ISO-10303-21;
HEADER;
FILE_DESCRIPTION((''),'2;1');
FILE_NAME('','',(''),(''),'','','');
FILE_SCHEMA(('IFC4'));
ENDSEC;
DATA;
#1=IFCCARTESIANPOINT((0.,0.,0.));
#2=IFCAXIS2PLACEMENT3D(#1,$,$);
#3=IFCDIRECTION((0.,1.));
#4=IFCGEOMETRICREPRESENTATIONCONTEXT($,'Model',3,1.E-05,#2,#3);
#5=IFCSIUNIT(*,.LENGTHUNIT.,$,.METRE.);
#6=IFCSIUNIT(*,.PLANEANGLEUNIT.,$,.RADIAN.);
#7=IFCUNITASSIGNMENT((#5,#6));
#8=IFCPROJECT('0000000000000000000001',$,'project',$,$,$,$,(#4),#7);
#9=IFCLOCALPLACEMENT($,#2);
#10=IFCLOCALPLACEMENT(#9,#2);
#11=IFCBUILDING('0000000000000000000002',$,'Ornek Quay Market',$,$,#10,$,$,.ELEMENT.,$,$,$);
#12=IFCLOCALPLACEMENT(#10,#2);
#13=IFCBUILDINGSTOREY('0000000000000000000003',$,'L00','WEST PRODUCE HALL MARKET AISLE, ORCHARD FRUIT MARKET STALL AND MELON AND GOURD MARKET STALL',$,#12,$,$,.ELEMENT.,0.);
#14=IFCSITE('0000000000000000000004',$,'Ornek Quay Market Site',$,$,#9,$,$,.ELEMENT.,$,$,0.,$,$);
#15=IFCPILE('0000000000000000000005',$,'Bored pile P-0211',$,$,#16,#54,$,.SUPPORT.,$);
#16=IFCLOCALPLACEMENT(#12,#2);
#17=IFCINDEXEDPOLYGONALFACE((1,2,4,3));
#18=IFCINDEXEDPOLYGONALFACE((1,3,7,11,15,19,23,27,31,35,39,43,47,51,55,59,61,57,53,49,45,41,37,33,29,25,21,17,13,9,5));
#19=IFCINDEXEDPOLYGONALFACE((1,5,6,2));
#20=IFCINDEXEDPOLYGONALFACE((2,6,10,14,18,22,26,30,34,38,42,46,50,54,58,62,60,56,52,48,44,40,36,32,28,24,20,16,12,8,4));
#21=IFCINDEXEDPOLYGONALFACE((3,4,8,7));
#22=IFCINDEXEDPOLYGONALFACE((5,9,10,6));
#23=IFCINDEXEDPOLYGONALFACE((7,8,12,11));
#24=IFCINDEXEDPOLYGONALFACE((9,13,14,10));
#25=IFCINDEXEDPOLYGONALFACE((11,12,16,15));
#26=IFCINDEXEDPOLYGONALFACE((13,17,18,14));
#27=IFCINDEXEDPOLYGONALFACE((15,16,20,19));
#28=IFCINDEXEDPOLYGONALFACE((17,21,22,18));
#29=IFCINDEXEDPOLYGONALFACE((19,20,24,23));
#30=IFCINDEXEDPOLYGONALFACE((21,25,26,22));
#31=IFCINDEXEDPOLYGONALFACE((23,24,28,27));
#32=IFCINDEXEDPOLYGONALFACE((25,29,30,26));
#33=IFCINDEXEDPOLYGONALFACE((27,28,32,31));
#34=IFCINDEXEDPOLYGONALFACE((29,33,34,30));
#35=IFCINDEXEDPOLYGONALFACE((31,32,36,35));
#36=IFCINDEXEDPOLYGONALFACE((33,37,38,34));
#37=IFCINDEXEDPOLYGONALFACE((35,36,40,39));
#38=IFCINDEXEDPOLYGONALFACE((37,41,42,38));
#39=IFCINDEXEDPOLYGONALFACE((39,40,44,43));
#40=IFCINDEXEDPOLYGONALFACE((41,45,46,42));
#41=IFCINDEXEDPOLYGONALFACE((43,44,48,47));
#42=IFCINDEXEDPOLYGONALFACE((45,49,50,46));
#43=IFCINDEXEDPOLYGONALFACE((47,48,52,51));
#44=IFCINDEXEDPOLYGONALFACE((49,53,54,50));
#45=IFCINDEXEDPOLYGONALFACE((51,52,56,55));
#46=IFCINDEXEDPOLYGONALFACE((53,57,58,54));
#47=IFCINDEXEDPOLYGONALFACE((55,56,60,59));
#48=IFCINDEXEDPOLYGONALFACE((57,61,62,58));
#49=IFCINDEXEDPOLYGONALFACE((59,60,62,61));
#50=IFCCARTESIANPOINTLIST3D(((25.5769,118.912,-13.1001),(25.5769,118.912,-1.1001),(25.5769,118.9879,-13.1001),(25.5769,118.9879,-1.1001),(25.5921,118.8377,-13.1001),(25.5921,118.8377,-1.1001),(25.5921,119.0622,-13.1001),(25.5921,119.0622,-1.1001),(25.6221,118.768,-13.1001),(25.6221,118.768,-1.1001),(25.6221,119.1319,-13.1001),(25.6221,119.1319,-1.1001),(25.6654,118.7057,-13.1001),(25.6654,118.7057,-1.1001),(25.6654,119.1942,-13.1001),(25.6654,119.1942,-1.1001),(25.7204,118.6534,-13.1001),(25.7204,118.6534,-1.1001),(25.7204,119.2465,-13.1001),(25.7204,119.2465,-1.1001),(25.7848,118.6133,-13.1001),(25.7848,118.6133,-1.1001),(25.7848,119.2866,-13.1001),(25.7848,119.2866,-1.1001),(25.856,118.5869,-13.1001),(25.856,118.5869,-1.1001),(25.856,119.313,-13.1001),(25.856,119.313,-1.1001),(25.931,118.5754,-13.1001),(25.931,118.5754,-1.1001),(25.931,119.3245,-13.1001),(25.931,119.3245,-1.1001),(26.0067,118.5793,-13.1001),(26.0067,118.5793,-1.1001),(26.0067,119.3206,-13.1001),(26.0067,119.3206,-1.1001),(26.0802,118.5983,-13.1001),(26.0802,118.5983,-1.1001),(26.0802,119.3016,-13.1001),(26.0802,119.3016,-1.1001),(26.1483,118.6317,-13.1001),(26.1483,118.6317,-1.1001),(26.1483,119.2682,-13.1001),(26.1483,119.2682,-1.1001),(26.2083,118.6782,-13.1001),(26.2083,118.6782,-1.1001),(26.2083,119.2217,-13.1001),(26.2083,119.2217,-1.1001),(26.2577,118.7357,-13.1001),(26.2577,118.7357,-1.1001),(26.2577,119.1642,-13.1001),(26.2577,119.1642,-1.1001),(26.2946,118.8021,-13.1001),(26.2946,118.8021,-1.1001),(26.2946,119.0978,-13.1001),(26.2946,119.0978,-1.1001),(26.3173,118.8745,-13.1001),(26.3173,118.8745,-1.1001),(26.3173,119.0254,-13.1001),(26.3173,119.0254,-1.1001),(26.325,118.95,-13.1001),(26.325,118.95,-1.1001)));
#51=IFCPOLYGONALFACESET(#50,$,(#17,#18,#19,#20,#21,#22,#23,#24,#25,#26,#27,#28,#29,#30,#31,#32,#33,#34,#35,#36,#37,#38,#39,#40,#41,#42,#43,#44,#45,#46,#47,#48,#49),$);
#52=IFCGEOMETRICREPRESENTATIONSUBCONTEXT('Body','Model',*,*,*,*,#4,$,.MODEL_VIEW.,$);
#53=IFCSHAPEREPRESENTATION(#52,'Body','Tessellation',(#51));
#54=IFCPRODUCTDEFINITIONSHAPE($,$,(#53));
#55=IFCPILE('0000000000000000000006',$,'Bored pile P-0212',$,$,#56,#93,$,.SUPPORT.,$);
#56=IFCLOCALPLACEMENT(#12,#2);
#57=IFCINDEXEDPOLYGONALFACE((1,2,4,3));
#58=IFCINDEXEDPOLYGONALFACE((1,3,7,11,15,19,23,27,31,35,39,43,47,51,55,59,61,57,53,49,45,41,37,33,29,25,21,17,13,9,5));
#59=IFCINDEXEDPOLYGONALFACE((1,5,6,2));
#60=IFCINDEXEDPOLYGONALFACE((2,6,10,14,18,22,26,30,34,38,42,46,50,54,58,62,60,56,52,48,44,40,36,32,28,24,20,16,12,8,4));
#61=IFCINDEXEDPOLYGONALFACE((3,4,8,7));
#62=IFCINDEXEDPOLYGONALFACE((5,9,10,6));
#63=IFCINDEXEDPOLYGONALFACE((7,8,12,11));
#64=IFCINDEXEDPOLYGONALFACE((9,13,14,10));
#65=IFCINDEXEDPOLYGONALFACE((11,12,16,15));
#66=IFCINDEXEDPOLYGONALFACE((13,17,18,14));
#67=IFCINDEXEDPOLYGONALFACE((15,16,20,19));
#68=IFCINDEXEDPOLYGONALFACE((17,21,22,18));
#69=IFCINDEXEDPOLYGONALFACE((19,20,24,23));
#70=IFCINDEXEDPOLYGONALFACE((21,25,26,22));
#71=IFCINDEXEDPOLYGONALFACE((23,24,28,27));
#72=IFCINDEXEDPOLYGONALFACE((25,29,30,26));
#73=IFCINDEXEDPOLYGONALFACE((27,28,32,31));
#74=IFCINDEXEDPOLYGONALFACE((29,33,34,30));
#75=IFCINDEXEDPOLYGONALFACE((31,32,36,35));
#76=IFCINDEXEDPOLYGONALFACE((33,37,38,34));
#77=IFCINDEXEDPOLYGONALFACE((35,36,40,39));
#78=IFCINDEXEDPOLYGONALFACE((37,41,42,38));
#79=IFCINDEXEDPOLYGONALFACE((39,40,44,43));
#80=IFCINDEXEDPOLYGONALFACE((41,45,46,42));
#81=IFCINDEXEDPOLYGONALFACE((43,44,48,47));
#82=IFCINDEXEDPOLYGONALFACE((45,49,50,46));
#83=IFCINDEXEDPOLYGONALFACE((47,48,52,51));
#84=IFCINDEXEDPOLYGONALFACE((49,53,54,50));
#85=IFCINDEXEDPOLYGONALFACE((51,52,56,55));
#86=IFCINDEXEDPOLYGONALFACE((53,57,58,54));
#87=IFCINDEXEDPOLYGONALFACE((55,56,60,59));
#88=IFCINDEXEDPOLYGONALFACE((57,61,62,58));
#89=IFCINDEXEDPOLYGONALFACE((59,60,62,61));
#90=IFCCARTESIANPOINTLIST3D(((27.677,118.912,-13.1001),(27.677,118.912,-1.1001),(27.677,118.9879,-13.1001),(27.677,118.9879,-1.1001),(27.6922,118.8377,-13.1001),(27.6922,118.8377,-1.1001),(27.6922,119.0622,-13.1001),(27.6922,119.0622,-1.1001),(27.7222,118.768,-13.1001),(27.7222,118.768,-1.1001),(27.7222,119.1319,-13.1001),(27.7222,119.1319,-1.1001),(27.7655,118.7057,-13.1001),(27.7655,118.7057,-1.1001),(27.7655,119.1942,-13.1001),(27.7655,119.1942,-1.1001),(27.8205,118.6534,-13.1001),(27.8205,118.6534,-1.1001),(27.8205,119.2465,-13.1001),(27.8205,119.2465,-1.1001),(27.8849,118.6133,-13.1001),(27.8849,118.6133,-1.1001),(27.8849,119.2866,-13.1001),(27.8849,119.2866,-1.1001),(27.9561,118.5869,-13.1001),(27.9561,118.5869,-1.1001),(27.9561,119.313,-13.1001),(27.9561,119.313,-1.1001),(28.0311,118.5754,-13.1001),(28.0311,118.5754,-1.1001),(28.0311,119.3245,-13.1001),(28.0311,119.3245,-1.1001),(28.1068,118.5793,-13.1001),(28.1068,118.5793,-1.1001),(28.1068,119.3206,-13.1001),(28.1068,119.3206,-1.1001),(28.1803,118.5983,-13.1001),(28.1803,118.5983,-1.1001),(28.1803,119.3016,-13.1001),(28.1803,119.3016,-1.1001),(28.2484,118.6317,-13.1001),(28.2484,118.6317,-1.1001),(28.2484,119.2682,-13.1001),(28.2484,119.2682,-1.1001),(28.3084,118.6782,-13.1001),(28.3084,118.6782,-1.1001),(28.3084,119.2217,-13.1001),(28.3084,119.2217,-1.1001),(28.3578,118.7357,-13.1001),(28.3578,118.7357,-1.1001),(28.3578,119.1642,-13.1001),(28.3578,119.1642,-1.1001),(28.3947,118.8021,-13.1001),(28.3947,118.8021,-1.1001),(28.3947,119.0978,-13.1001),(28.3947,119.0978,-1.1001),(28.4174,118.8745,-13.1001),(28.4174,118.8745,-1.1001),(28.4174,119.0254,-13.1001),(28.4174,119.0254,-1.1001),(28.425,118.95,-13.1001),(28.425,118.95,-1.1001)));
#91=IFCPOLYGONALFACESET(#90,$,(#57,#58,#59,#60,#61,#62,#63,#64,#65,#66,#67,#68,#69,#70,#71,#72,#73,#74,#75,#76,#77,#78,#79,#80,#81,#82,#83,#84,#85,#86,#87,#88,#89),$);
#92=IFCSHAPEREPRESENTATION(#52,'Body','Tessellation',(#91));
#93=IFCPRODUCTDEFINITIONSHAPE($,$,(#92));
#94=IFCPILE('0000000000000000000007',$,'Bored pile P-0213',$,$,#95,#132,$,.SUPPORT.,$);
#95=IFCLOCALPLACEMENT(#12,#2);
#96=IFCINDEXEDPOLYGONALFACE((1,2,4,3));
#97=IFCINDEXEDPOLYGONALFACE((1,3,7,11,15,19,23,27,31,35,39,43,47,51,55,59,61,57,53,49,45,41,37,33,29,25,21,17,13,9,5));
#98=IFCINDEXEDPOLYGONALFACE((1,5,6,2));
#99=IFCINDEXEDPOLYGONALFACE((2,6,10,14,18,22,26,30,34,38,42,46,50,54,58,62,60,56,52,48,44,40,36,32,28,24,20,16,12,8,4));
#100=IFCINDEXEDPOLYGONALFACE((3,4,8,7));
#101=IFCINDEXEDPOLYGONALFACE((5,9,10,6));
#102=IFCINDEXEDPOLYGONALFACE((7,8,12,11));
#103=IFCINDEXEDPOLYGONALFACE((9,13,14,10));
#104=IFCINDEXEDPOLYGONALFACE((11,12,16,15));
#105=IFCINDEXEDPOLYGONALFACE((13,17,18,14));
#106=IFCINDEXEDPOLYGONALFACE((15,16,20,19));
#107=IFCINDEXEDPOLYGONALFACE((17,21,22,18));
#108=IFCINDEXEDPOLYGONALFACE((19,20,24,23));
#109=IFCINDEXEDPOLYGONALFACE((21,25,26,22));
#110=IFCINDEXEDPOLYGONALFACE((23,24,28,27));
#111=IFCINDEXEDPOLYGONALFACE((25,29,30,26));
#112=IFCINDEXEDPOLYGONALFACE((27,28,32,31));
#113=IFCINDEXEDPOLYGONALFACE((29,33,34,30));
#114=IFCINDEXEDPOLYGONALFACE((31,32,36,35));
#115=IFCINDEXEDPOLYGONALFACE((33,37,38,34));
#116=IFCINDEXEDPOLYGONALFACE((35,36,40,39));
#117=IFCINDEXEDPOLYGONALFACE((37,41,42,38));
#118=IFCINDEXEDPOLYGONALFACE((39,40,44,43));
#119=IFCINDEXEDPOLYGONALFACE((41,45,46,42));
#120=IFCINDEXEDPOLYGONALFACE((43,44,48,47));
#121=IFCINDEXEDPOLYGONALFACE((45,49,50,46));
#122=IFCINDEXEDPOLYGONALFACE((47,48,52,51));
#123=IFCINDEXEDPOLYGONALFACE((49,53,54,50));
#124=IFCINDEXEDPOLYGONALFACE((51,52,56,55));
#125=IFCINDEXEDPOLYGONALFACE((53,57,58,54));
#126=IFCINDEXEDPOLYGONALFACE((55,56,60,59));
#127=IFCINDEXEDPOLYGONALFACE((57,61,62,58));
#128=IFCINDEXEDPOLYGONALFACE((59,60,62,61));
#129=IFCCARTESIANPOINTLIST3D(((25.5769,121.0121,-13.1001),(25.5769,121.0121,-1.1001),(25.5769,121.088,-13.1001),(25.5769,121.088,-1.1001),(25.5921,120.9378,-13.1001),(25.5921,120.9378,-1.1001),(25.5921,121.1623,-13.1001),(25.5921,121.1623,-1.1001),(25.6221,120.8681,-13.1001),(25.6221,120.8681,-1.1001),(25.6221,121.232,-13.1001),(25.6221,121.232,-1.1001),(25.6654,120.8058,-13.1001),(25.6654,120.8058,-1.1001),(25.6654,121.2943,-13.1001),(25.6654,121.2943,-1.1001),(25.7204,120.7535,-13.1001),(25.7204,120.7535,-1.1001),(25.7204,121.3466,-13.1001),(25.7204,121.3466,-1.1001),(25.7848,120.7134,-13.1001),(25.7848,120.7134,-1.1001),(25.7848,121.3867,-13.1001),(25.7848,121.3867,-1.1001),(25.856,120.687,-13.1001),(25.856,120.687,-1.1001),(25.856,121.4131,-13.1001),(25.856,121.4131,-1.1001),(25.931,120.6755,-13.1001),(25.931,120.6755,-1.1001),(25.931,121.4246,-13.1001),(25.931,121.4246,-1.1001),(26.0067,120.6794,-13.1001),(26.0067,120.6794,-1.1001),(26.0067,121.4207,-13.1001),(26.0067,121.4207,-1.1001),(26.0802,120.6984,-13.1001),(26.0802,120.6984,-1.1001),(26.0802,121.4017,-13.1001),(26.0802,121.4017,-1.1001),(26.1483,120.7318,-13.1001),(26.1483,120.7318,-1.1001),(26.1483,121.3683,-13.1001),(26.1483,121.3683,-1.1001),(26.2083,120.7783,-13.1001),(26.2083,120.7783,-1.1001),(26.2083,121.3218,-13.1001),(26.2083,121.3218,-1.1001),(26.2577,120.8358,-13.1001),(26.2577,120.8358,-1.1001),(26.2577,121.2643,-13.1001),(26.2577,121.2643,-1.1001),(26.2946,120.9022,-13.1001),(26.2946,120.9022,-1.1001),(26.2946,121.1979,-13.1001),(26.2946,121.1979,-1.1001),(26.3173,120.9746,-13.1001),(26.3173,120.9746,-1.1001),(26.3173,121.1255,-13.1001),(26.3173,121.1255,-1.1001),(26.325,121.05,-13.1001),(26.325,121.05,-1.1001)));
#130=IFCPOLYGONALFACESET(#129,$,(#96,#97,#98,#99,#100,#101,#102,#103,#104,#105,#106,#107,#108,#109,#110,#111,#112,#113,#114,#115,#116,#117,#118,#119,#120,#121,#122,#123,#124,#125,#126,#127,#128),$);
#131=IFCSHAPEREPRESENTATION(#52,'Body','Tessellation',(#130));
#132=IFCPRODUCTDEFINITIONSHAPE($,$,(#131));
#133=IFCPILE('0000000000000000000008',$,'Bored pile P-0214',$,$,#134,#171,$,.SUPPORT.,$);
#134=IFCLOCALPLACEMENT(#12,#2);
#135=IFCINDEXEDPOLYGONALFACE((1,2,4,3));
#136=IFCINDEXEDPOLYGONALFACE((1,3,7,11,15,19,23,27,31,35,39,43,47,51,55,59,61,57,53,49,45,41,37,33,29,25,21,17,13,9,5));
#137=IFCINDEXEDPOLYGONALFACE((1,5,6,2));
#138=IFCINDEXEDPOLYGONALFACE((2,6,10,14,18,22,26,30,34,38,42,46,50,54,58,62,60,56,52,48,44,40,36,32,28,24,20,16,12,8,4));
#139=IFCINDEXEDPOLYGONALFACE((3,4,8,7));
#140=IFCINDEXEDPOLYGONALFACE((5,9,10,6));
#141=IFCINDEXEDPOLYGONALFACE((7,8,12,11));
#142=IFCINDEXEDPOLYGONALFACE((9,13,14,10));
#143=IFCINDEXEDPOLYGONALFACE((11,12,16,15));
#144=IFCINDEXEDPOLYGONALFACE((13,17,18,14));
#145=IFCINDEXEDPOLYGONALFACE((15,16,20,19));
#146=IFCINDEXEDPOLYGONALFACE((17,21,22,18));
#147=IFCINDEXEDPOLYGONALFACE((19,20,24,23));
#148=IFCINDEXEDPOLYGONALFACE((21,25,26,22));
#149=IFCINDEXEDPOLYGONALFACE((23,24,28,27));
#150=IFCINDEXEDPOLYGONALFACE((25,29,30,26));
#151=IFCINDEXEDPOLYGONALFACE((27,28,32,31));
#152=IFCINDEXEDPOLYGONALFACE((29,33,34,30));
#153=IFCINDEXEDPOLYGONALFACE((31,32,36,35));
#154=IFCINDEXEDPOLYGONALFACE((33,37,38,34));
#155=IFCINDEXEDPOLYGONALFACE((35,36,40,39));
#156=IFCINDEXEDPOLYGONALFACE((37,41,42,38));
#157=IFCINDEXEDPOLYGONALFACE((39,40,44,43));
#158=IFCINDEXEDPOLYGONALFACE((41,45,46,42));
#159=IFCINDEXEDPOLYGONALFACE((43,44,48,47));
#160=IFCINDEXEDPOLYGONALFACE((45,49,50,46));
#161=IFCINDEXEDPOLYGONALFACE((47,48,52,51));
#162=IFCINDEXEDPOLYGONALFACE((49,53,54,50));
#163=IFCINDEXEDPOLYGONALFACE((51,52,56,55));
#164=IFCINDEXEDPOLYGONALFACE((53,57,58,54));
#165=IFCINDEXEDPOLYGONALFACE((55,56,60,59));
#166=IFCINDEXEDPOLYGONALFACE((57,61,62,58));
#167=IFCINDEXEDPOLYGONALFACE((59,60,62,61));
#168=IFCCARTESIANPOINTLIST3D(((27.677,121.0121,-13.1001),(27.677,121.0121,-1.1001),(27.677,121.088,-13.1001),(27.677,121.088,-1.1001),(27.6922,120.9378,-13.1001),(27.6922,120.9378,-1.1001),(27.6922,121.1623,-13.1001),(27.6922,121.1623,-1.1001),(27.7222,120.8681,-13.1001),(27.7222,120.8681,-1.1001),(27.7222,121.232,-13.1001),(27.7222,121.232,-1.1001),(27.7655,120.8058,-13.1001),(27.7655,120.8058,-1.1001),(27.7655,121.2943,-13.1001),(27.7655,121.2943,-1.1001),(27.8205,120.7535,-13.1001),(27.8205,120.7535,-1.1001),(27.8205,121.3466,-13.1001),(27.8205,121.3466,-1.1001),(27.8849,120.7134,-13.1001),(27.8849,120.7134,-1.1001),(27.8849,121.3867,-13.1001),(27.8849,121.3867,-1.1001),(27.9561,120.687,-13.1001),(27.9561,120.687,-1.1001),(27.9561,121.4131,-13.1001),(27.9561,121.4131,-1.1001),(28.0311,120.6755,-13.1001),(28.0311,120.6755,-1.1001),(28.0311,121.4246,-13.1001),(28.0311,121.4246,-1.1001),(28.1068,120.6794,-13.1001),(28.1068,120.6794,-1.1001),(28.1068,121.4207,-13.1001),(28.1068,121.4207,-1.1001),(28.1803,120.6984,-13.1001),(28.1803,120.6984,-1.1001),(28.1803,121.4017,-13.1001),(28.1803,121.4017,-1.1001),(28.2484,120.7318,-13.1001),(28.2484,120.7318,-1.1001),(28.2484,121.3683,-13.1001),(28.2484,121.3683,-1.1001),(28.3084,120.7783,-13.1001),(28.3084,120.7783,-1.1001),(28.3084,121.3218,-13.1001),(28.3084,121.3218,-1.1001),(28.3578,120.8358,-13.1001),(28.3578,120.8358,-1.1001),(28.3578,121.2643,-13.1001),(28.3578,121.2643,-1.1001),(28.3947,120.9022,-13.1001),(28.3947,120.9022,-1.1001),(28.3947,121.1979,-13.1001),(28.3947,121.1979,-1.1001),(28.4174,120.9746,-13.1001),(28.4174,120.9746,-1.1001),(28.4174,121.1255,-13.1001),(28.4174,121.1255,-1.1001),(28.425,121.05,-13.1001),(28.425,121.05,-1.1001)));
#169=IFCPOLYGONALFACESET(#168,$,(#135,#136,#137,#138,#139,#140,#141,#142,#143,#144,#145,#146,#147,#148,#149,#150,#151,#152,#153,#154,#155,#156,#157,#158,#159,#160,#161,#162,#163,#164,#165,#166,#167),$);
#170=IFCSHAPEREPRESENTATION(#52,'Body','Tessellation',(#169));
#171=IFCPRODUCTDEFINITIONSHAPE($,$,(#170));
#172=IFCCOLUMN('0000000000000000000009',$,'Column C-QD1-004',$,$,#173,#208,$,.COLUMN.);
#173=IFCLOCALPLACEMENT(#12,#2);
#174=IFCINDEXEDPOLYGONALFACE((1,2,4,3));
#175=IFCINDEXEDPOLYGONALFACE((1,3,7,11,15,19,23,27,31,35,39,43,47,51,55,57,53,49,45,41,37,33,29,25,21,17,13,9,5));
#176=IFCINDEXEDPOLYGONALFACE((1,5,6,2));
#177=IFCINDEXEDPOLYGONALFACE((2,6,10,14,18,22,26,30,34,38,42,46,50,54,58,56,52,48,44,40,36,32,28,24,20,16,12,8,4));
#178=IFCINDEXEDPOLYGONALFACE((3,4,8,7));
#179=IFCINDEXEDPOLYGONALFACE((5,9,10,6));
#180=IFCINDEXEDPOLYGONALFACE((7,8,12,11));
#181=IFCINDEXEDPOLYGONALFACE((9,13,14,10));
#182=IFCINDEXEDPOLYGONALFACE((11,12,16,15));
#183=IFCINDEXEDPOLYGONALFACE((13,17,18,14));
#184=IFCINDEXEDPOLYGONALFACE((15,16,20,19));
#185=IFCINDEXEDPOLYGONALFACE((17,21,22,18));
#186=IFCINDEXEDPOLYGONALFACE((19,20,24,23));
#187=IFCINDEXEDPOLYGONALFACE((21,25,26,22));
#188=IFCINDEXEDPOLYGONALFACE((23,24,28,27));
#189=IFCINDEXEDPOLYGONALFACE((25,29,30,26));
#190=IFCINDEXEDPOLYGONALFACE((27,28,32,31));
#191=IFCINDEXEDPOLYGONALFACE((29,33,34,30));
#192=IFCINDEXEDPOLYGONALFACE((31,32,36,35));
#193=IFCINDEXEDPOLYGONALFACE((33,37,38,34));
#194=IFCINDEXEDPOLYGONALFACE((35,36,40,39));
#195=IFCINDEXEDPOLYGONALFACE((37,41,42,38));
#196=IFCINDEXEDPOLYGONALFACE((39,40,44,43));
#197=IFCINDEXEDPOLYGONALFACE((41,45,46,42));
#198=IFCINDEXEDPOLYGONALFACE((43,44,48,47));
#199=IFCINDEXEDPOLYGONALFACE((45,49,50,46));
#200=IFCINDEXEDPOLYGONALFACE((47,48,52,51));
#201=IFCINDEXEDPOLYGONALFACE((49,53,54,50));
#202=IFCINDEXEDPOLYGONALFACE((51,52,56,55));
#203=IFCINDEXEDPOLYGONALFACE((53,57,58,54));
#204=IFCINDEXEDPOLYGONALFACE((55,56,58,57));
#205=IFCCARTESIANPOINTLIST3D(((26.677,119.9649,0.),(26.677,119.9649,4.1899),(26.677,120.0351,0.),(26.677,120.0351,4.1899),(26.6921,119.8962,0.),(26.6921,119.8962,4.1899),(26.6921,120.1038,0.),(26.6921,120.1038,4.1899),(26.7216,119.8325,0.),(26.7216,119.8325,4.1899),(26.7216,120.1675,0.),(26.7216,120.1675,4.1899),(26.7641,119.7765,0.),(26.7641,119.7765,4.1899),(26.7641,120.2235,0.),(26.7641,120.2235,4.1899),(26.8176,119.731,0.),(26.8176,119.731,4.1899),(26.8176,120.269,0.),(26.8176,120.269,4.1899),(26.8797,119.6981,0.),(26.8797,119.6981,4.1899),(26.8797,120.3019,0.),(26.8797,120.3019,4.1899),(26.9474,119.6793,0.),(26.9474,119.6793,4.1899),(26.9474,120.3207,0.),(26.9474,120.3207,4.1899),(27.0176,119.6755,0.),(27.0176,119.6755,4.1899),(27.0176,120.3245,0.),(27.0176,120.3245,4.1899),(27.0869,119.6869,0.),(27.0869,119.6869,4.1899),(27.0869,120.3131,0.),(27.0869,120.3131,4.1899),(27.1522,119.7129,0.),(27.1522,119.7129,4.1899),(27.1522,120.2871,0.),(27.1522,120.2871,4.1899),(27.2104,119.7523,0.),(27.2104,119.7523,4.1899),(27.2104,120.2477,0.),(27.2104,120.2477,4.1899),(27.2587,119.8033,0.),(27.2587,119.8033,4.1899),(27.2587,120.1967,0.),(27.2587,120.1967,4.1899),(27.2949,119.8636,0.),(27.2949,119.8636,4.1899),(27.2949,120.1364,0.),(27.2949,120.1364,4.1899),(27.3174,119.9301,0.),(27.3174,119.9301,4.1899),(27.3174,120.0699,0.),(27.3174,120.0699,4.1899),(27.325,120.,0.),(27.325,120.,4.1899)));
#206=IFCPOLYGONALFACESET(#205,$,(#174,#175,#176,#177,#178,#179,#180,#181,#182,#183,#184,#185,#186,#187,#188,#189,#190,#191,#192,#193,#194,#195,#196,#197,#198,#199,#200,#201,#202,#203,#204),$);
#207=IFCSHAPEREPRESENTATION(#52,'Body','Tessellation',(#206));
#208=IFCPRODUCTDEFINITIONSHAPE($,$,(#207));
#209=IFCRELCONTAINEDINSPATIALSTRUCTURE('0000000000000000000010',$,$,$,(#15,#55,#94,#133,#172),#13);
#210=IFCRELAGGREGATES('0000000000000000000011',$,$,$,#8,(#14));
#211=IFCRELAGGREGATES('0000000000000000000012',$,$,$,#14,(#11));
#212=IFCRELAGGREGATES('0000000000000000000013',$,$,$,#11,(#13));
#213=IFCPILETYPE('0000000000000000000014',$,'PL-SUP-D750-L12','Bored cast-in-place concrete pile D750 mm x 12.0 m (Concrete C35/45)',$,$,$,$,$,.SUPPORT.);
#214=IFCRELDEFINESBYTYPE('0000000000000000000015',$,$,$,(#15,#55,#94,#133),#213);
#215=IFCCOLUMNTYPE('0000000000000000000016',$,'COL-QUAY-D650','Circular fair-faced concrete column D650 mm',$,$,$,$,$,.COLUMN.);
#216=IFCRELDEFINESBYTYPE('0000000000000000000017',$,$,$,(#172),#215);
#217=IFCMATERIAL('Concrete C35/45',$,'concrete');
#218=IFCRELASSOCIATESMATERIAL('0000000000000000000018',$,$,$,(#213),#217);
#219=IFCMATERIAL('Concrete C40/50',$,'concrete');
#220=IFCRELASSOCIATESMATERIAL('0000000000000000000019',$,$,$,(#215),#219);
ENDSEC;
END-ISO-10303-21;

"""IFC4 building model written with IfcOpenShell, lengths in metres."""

from ifc_helpers import new_model, si_unit, direction, frame, origin, origin_2d, place, context, subcontext, project, spatial, circle, extrude, material, material_profile, profile_set, type_object, element, save


model = new_model("IFC4")

# Units and contexts
model_context = context("Model", 3, precision=1e-05, world=origin(), true_north=direction((0.0, 1.0)))
body_context = subcontext(model_context, "Body", "Model", "MODEL_VIEW")
ifc_project = project(units=[si_unit("LENGTHUNIT", "METRE"), si_unit("PLANEANGLEUNIT", "RADIAN")], contexts=[model_context])

# Site, building, storey
site_placement = place(None, origin())
site = spatial("IfcSite", under=ifc_project, at=site_placement, Name="Ornek Quay Market Site", CompositionType="ELEMENT", RefElevation=0.0)
building_placement = place(site_placement, origin())
building = spatial("IfcBuilding", under=site, at=building_placement, Name="Ornek Quay Market", CompositionType="ELEMENT")
storey_placement = place(building_placement, origin())
storey = spatial("IfcBuildingStorey", under=building, at=storey_placement, Name="L00", Description="WEST PRODUCE HALL MARKET AISLE, ORCHARD FRUIT MARKET STALL AND MELON AND GOURD MARKET STALL", CompositionType="ELEMENT", Elevation=0.0)

# Piles
ifc_material_1 = material(Name="Concrete C35/45", Category="concrete")
ifc_material_profile_1 = material_profile(ifc_material_1, circle(Radius=0.375, at=origin_2d()), Name="PILE D750", Category="concrete")
ifc_profile_set_1 = profile_set([ifc_material_profile_1], Name="Concrete C35/45")
pile_type_1 = type_object("IfcPileType", Name="PL-SUP-D750-L12", Description="Bored cast-in-place concrete pile D750 mm x 12.0 m (Concrete C35/45)", PredefinedType="SUPPORT", material=ifc_profile_set_1)
for number, where, z_axis, x_axis, name in (
    (1, (25.95, 118.95, -1.1001), (0.0, 0.0, -1.0), (1.0, 0.0, 0.0), "Bored pile P-0211"),
    (2, (28.05, 118.95, -1.1001), (0.0, 0.0, -1.0), (1.0, 0.0, 0.0), "Bored pile P-0212"),
    (3, (25.95, 121.05, -1.1001), (0.0, 0.0, -1.0), (1.0, 0.0, 0.0), "Bored pile P-0213"),
    (4, (28.05, 121.05, -1.1001), (0.0, 0.0, -1.0), (1.0, 0.0, 0.0), "Bored pile P-0214"),
):
    element("IfcPile", number, at=place(storey_placement, frame(where, z_axis=z_axis, x_axis=x_axis)), inside=storey, type_object=pile_type_1, Name=name, PredefinedType="SUPPORT", context=body_context, shape_type="SweptSolid", body=[
        extrude(circle(Radius=0.375, at=origin_2d()), origin(), (0.0, 0.0, 1.0), 12.0),
    ])

# Column
ifc_material_2 = material(Name="Concrete C40/50", Category="concrete")
ifc_material_profile_2 = material_profile(ifc_material_2, circle(Radius=0.325, at=origin_2d()), Name="RC D650", Category="concrete")
ifc_profile_set_2 = profile_set([ifc_material_profile_2], Name="Concrete C40/50")
column_type_1 = type_object("IfcColumnType", Name="COL-QUAY-D650", Description="Circular fair-faced concrete column D650 mm", PredefinedType="COLUMN", material=ifc_profile_set_2)
column_1_placement = place(storey_placement, frame((27.0, 120.0, 0.0), z_axis=(0.0, 0.0, 1.0), x_axis=(1.0, 0.0, 0.0)))
element("IfcColumn", 5, at=column_1_placement, inside=storey, type_object=column_type_1, Name="Column C-QD1-004", PredefinedType="COLUMN", context=body_context, shape_type="SweptSolid", body=[
    extrude(circle(Radius=0.325, at=origin_2d()), origin(), (0.0, 0.0, 1.0), 4.1899),
])

save(model, "model.ifc")
